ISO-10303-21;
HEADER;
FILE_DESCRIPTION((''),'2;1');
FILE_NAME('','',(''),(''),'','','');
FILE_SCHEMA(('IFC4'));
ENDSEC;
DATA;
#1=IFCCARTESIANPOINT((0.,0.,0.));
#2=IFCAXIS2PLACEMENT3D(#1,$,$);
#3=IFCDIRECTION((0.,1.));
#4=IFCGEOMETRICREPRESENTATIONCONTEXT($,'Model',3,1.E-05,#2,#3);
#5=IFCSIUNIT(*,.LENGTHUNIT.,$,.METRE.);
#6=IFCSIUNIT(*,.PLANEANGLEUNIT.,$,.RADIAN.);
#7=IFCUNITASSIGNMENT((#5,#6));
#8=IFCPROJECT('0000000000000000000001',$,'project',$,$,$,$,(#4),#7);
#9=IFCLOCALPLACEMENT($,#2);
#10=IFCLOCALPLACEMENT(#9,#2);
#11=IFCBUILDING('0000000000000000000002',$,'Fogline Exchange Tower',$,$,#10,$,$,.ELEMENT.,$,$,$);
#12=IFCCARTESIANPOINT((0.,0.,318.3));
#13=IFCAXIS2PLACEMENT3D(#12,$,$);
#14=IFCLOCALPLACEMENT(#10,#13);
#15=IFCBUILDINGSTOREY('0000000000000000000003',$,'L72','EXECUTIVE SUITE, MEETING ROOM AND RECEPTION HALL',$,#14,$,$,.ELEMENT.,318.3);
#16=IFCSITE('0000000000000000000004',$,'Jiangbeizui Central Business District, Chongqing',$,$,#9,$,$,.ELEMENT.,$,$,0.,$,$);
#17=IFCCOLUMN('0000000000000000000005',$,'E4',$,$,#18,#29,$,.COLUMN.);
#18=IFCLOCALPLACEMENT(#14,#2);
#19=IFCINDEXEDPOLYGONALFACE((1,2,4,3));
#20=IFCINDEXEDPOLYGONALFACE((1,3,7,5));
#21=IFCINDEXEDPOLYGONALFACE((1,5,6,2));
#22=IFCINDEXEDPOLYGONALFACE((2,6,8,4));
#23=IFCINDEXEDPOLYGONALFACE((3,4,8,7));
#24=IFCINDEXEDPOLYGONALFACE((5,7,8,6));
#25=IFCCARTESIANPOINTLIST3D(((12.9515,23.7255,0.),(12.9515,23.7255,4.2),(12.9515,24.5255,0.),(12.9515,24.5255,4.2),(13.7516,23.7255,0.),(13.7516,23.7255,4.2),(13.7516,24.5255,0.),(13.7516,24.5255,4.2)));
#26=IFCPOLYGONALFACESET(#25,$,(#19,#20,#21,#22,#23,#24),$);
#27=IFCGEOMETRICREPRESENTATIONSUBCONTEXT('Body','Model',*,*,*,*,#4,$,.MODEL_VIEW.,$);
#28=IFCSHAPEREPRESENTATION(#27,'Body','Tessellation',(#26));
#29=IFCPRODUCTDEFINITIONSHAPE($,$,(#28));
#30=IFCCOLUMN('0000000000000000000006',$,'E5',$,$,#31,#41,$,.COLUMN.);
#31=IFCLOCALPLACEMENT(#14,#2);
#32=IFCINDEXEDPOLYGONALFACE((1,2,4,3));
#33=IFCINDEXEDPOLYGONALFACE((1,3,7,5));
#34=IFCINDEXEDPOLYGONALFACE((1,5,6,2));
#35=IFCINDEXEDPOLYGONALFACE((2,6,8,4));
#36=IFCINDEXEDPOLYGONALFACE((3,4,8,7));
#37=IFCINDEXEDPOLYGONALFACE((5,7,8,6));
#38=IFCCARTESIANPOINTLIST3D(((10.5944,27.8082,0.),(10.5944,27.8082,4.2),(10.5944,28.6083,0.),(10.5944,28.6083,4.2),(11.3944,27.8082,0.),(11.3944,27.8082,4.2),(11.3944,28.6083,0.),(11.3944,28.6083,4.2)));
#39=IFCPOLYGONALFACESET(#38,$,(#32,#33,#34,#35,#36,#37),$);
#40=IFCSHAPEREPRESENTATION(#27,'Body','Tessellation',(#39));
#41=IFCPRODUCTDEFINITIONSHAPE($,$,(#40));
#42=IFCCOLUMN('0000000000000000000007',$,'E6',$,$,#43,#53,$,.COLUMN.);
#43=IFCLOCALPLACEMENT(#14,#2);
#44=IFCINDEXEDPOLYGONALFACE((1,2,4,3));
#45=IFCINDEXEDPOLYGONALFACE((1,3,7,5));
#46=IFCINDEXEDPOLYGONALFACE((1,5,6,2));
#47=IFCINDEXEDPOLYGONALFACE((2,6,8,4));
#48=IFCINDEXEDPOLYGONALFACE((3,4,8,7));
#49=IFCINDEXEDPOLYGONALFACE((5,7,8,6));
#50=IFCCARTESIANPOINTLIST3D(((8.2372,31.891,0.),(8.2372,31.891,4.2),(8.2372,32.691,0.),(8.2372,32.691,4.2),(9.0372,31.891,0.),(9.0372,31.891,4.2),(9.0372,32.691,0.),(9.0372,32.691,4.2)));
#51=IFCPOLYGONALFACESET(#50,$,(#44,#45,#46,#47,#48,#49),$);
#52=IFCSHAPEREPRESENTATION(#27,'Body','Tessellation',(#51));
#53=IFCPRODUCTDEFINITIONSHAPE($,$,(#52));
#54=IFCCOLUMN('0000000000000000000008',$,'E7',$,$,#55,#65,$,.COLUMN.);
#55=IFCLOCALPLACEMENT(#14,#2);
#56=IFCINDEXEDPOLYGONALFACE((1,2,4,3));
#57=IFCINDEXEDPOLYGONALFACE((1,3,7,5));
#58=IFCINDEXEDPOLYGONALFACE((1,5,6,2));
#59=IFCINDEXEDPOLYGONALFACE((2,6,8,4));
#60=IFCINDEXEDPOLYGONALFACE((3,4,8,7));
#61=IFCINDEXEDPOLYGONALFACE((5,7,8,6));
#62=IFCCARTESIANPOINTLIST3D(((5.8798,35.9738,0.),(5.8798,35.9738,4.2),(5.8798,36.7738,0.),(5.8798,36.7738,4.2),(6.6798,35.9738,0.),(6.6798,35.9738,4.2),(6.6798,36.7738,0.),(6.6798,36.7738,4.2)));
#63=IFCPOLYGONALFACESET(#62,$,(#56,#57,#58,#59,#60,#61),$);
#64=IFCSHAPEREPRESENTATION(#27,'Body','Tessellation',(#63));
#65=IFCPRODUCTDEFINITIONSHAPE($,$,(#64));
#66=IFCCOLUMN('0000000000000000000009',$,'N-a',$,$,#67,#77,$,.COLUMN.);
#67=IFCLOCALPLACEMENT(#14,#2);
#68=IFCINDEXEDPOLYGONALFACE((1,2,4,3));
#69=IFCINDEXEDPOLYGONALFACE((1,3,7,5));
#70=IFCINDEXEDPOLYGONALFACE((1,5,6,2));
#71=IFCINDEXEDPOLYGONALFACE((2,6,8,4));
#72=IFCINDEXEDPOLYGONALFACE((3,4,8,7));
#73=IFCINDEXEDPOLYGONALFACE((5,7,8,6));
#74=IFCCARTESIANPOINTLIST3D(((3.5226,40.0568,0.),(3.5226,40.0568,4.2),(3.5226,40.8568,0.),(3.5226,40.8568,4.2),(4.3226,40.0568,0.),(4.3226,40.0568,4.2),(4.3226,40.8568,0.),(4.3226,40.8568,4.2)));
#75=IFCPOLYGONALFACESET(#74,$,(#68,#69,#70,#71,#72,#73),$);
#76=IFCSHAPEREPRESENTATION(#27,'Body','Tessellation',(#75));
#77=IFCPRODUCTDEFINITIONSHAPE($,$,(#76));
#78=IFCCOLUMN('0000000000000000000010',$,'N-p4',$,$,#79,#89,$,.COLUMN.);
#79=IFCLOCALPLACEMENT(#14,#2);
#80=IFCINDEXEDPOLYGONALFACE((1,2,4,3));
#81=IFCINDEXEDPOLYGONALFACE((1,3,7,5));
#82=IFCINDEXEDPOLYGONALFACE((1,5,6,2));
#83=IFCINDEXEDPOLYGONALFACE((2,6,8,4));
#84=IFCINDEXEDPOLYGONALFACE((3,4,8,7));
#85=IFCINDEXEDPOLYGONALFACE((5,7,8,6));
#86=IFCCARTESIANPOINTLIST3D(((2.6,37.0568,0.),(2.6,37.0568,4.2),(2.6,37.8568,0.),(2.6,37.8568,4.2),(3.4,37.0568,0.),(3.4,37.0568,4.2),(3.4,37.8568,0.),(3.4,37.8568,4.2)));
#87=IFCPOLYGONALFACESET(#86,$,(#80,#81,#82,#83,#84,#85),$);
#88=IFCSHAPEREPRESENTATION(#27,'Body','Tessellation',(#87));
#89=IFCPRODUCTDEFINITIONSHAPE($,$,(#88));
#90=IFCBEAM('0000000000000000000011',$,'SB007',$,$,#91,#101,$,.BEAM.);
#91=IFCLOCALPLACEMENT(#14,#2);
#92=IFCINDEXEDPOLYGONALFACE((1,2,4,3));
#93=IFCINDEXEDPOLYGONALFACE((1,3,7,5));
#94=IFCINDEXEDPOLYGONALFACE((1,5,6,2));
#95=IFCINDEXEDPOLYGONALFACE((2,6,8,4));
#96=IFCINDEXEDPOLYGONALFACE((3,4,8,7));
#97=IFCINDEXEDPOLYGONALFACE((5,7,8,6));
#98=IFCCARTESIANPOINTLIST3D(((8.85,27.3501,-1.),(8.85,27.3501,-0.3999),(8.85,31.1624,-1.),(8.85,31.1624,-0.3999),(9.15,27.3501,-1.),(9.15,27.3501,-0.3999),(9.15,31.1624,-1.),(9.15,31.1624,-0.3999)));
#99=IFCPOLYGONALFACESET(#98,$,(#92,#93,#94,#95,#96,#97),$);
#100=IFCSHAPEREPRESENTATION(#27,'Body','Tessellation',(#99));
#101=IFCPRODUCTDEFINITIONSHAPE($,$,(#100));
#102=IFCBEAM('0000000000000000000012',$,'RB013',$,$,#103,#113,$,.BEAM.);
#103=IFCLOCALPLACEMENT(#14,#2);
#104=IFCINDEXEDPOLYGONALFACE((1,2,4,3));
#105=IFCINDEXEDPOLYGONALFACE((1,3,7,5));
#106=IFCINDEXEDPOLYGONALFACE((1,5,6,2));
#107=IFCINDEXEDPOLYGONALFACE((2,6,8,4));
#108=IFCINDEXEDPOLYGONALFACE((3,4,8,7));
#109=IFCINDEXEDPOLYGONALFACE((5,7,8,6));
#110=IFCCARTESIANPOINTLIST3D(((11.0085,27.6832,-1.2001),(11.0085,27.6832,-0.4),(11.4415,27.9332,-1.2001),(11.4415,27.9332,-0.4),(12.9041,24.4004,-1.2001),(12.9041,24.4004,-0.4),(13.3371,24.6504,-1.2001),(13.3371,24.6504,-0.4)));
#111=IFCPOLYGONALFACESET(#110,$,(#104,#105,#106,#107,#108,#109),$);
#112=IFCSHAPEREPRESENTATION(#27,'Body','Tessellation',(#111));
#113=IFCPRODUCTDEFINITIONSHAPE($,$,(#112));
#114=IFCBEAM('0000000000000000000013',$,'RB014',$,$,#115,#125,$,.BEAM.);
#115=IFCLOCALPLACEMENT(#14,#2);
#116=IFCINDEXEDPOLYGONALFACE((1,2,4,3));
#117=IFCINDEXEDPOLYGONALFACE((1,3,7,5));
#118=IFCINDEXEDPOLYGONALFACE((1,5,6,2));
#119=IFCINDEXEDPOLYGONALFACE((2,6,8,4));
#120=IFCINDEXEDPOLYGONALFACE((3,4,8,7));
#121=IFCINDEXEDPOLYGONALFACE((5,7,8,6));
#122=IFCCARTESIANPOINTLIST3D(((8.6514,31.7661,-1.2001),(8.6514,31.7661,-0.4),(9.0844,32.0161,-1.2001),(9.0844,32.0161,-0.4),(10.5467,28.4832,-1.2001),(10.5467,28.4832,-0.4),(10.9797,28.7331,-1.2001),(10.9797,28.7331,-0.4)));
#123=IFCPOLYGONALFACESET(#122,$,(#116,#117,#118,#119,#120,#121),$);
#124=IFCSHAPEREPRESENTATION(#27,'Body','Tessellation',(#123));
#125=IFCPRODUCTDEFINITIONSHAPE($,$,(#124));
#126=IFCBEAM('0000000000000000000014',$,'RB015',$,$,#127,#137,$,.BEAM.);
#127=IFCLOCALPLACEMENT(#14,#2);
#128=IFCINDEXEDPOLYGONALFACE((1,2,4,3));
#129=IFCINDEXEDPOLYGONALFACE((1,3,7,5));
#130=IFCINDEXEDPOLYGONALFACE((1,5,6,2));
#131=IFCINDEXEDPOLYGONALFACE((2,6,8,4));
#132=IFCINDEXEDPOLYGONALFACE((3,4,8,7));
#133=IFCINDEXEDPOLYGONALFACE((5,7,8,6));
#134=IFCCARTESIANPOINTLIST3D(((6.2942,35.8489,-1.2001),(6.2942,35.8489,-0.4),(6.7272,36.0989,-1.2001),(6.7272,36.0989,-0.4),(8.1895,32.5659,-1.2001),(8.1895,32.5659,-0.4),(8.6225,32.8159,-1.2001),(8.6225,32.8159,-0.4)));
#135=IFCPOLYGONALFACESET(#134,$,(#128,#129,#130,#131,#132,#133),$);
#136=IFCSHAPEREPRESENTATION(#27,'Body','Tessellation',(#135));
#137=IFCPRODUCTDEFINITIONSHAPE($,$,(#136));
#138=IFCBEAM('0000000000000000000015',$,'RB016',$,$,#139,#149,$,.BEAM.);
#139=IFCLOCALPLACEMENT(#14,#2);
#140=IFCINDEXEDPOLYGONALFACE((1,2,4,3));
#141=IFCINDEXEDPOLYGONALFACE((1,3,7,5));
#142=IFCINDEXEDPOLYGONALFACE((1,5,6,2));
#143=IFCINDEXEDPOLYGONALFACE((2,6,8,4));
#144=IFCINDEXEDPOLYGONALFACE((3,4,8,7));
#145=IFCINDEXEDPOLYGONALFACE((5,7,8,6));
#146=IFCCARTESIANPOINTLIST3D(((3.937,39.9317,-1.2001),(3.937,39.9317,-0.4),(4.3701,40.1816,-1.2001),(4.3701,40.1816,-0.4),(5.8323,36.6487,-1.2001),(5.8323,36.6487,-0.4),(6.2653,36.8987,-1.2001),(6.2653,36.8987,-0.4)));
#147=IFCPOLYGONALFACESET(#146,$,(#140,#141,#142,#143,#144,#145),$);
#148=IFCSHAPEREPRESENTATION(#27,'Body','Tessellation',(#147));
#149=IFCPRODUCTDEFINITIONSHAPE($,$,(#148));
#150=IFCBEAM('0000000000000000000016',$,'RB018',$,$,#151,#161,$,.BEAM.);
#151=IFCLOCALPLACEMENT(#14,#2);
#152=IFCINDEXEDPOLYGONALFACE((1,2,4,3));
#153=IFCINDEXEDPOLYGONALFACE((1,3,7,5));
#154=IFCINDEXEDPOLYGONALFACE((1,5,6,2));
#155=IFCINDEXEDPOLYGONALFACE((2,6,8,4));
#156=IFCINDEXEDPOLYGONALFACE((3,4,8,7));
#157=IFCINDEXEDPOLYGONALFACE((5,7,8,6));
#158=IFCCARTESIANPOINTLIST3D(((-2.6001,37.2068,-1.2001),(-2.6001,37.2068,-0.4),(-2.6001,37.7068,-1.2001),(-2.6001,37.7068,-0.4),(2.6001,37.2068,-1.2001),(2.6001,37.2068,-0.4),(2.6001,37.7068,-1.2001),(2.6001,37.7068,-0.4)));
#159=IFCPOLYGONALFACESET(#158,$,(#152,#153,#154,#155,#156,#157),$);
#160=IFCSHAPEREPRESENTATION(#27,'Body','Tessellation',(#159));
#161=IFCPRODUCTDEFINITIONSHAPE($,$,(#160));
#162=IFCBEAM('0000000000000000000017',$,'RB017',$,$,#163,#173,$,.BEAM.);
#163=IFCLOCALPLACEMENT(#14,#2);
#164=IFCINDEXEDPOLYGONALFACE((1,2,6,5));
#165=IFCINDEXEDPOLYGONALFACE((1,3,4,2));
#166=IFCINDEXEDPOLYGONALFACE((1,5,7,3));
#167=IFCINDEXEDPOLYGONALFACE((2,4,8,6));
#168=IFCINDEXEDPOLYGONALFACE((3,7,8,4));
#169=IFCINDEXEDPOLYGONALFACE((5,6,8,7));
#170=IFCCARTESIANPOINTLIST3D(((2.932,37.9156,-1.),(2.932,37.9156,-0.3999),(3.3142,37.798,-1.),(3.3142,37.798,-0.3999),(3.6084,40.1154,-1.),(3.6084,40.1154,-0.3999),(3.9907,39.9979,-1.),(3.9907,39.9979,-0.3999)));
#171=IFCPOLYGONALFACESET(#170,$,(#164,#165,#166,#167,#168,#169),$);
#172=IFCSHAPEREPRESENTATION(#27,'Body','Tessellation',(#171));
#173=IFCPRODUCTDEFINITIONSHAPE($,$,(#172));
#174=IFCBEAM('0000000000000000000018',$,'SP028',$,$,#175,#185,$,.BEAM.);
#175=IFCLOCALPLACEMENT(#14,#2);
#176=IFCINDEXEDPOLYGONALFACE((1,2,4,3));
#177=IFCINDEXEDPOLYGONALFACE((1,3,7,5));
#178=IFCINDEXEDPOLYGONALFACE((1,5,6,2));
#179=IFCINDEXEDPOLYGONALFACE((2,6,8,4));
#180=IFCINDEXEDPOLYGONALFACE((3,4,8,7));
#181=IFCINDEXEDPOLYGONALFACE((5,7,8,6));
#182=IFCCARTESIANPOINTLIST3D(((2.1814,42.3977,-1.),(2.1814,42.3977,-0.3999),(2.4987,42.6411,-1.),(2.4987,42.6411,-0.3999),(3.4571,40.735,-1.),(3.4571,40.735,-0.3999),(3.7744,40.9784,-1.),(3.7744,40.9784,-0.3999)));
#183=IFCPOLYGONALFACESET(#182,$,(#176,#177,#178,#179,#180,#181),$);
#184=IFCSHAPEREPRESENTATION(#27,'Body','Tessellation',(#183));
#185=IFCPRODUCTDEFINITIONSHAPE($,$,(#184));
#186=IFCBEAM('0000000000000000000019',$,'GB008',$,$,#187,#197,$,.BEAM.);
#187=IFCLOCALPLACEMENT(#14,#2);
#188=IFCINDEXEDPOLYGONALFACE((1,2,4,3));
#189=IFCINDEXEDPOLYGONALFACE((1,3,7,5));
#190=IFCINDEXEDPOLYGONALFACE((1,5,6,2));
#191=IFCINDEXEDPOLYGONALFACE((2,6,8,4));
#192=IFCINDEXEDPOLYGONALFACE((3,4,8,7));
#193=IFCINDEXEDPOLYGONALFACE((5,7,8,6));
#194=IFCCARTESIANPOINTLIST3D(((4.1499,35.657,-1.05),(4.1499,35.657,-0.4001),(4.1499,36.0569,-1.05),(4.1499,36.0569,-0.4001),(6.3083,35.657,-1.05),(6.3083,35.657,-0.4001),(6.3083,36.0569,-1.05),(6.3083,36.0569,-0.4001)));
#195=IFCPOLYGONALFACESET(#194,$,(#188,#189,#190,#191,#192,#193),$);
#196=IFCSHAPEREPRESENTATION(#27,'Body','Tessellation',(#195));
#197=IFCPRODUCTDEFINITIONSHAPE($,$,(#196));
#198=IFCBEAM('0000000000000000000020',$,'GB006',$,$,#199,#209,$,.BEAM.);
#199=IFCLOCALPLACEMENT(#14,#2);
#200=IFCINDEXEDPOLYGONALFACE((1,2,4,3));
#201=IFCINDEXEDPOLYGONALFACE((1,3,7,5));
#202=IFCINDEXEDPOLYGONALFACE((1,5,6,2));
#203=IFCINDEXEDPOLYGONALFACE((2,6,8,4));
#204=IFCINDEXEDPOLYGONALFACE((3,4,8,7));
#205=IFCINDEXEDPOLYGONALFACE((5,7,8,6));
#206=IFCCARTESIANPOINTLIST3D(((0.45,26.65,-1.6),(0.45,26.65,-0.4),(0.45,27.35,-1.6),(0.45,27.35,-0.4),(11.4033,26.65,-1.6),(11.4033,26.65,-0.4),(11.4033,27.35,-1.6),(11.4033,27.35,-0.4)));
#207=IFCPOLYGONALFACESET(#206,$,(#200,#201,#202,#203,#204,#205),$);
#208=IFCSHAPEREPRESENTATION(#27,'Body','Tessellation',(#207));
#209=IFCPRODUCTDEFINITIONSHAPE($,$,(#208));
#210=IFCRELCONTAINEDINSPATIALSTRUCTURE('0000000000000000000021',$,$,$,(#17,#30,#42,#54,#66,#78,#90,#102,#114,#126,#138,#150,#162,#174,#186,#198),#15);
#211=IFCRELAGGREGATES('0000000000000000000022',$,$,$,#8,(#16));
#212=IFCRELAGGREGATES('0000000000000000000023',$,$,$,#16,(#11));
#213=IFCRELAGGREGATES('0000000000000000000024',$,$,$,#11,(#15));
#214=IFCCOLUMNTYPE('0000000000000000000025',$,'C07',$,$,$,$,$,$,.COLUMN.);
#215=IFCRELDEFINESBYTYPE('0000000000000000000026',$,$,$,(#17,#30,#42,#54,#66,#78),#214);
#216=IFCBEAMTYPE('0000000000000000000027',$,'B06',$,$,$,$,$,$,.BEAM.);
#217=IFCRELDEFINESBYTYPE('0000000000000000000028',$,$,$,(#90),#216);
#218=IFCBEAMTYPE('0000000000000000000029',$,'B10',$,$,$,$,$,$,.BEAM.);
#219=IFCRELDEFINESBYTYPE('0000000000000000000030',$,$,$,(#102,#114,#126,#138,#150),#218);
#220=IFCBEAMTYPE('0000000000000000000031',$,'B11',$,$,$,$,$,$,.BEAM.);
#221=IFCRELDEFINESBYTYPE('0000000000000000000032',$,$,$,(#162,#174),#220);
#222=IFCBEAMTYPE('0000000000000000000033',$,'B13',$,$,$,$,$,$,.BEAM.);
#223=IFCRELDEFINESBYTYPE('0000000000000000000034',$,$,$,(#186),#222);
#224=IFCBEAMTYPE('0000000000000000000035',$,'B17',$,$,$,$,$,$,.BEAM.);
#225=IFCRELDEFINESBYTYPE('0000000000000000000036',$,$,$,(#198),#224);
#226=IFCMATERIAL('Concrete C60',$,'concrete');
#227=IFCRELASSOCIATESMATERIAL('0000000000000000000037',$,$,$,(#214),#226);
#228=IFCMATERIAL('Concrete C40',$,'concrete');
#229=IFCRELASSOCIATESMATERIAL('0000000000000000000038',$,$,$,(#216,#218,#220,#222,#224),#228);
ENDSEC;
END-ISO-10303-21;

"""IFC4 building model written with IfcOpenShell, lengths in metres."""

from ifc_helpers import new_model, si_unit, direction, frame, origin, origin_2d, place, context, subcontext, project, spatial, rectangle, extrude, material, material_profile, profile_set, type_object, element, save


model = new_model("IFC4")

# Units and contexts
model_context = context("Model", 3, precision=1e-05, world=origin(), true_north=direction((0.0, 1.0)))
body_context = subcontext(model_context, "Body", "Model", "MODEL_VIEW")
ifc_project = project(units=[si_unit("LENGTHUNIT", "METRE"), si_unit("PLANEANGLEUNIT", "RADIAN")], contexts=[model_context])

# Site, building, storey
site_placement = place(None, origin())
site = spatial("IfcSite", under=ifc_project, at=site_placement, Name="Jiangbeizui Central Business District, Chongqing", CompositionType="ELEMENT", RefElevation=0.0)
building_placement = place(site_placement, origin())
building = spatial("IfcBuilding", under=site, at=building_placement, Name="Fogline Exchange Tower", CompositionType="ELEMENT")
storey_placement = place(building_placement, frame((0.0, 0.0, 318.3)))
storey = spatial("IfcBuildingStorey", under=building, at=storey_placement, Name="L72", Description="EXECUTIVE SUITE, MEETING ROOM AND RECEPTION HALL", CompositionType="ELEMENT", Elevation=318.3)

# Columns
ifc_material_1 = material(Name="Concrete C60", Category="concrete")
ifc_material_profile_1 = material_profile(ifc_material_1, rectangle(XDim=0.8, YDim=0.8, at=origin_2d()), Name="RC 800x800")
ifc_profile_set_1 = profile_set([ifc_material_profile_1], Name="Concrete C60")
column_type = type_object("IfcColumnType", Name="C07", PredefinedType="COLUMN", material=ifc_profile_set_1)
for number, where, z_axis, x_axis, name in (
    (1, (13.3516, 24.1255, 0.0), (0.0, 0.0, 1.0), (1.0, 0.0, 0.0), "E4"),
    (2, (10.9944, 28.2083, 0.0), (0.0, 0.0, 1.0), (1.0, 0.0, 0.0), "E5"),
    (3, (8.6372, 32.291, 0.0), (0.0, 0.0, 1.0), (1.0, 0.0, 0.0), "E6"),
    (4, (6.2798, 36.3738, 0.0), (0.0, 0.0, 1.0), (1.0, 0.0, 0.0), "E7"),
    (5, (3.9226, 40.4568, 0.0), (0.0, 0.0, 1.0), (1.0, 0.0, 0.0), "N-a"),
    (6, (3.0, 37.4568, 0.0), (0.0, 0.0, 1.0), (1.0, 0.0, 0.0), "N-p4"),
):
    element("IfcColumn", number, at=place(storey_placement, frame(where, z_axis=z_axis, x_axis=x_axis)), inside=storey, type_object=column_type, Name=name, PredefinedType="COLUMN", context=body_context, shape_type="SweptSolid", body=[
        extrude(rectangle(XDim=0.8, YDim=0.8, at=origin_2d()), origin(), (0.0, 0.0, 1.0), 4.2),
    ])

# Beams
ifc_material_2 = material(Name="Concrete C40", Category="concrete")
ifc_material_profile_2 = material_profile(ifc_material_2, rectangle(XDim=0.3, YDim=0.6001, at=origin_2d()), Name="RC 300x600")
ifc_profile_set_2 = profile_set([ifc_material_profile_2], Name="Concrete C40")
beam_type_1 = type_object("IfcBeamType", Name="B06", PredefinedType="BEAM", material=ifc_profile_set_2)
beam_1_placement = place(storey_placement, frame((9.0, 27.3501, -0.7), z_axis=(0.0, 1.0, 0.0), x_axis=(-1.0, 0.0, 0.0)))
element("IfcBeam", 7, at=beam_1_placement, inside=storey, type_object=beam_type_1, Name="SB007", PredefinedType="BEAM", context=body_context, shape_type="SweptSolid", body=[
    extrude(rectangle(XDim=0.3, YDim=0.6001, at=origin_2d()), origin(), (0.0, 0.0, 1.0), 3.8123),
])
ifc_material_profile_3 = material_profile(ifc_material_2, rectangle(XDim=0.5, YDim=0.8, at=origin_2d()), Name="RC 500x800")
ifc_profile_set_3 = profile_set([ifc_material_profile_3], Name="Concrete C40")
beam_type_2 = type_object("IfcBeamType", Name="B10", PredefinedType="BEAM", material=ifc_profile_set_3)
for number, where, z_axis, x_axis, name in (
    (8, (13.1206, 24.5254, -0.8), (-0.500046, 0.865999, 0.0), (-0.865999, -0.500046, 0.0), "RB013"),
    (9, (10.7632, 28.6082, -0.8), (-0.49997, 0.866043, 0.0), (-0.866043, -0.49997, 0.0), "RB014"),
    (10, (8.406, 32.6909, -0.8), (-0.49997, 0.866043, 0.0), (-0.866043, -0.49997, 0.0), "RB015"),
    (11, (6.0488, 36.7737, -0.8), (-0.49997, 0.866043, 0.0), (-0.866043, -0.49997, 0.0), "RB016"),
):
    element("IfcBeam", number, at=place(storey_placement, frame(where, z_axis=z_axis, x_axis=x_axis)), inside=storey, type_object=beam_type_2, Name=name, PredefinedType="BEAM", context=body_context, shape_type="SweptSolid", body=[
        extrude(rectangle(XDim=0.5, YDim=0.8, at=origin_2d()), origin(), (0.0, 0.0, 1.0), 3.7908),
    ])
beam_2_placement = place(storey_placement, frame((2.6001, 37.4568, -0.8), z_axis=(-1.0, 0.0, 0.0), x_axis=(0.0, -1.0, 0.0)))
element("IfcBeam", 12, at=beam_2_placement, inside=storey, type_object=beam_type_2, Name="RB018", PredefinedType="BEAM", context=body_context, shape_type="SweptSolid", body=[
    extrude(rectangle(XDim=0.5, YDim=0.8, at=origin_2d()), origin(), (0.0, 0.0, 1.0), 5.2002),
])
ifc_material_profile_4 = material_profile(ifc_material_2, rectangle(XDim=0.3999, YDim=0.6001, at=origin_2d()), Name="RC 400x600")
ifc_profile_set_4 = profile_set([ifc_material_profile_4], Name="Concrete C40")
beam_type_3 = type_object("IfcBeamType", Name="B11", PredefinedType="BEAM", material=ifc_profile_set_4)
beam_3_placement = place(storey_placement, frame((3.7996, 40.0566, -0.7), z_axis=(-0.293929, -0.955827, 0.0), x_axis=(0.955827, -0.293929, 0.0)))
element("IfcBeam", 13, at=beam_3_placement, inside=storey, type_object=beam_type_3, Name="RB017", PredefinedType="BEAM", context=body_context, shape_type="SweptSolid", body=[
    extrude(rectangle(XDim=0.3999, YDim=0.6001, at=origin_2d()), origin(), (0.0, 0.0, 1.0), 2.3015),
])
beam_4_placement = place(storey_placement, frame((3.6157, 40.8567, -0.7), z_axis=(-0.608725, 0.793381, 0.0), x_axis=(-0.793381, -0.608725, 0.0)))
element("IfcBeam", 14, at=beam_4_placement, inside=storey, type_object=beam_type_3, Name="SP028", PredefinedType="BEAM", context=body_context, shape_type="SweptSolid", body=[
    extrude(rectangle(XDim=0.3999, YDim=0.6001, at=origin_2d()), origin(), (0.0, 0.0, 1.0), 2.0957),
])
ifc_material_profile_5 = material_profile(ifc_material_2, rectangle(XDim=0.3999, YDim=0.6499, at=origin_2d()), Name="RC 400x650")
ifc_profile_set_5 = profile_set([ifc_material_profile_5], Name="Concrete C40")
beam_type_4 = type_object("IfcBeamType", Name="B13", PredefinedType="BEAM", material=ifc_profile_set_5)
beam_5_placement = place(storey_placement, frame((4.1499, 35.8569, -0.7251), z_axis=(1.0, 0.0, 0.0), x_axis=(0.0, 1.0, 0.0)))
element("IfcBeam", 15, at=beam_5_placement, inside=storey, type_object=beam_type_4, Name="GB008", PredefinedType="BEAM", context=body_context, shape_type="SweptSolid", body=[
    extrude(rectangle(XDim=0.3999, YDim=0.6499, at=origin_2d()), origin(), (0.0, 0.0, 1.0), 2.1584),
])
ifc_material_profile_6 = material_profile(ifc_material_2, rectangle(XDim=0.7, YDim=1.2, at=origin_2d()), Name="RC 700x1200")
ifc_profile_set_6 = profile_set([ifc_material_profile_6], Name="Concrete C40")
beam_type_5 = type_object("IfcBeamType", Name="B17", PredefinedType="BEAM", material=ifc_profile_set_6)
beam_6_placement = place(storey_placement, frame((0.45, 27.0, -1.0), z_axis=(1.0, 0.0, 0.0), x_axis=(0.0, 1.0, 0.0)))
element("IfcBeam", 16, at=beam_6_placement, inside=storey, type_object=beam_type_5, Name="GB006", PredefinedType="BEAM", context=body_context, shape_type="SweptSolid", body=[
    extrude(rectangle(XDim=0.7, YDim=1.2, at=origin_2d()), origin(), (0.0, 0.0, 1.0), 10.9534),
])

save(model, "model.ifc")
